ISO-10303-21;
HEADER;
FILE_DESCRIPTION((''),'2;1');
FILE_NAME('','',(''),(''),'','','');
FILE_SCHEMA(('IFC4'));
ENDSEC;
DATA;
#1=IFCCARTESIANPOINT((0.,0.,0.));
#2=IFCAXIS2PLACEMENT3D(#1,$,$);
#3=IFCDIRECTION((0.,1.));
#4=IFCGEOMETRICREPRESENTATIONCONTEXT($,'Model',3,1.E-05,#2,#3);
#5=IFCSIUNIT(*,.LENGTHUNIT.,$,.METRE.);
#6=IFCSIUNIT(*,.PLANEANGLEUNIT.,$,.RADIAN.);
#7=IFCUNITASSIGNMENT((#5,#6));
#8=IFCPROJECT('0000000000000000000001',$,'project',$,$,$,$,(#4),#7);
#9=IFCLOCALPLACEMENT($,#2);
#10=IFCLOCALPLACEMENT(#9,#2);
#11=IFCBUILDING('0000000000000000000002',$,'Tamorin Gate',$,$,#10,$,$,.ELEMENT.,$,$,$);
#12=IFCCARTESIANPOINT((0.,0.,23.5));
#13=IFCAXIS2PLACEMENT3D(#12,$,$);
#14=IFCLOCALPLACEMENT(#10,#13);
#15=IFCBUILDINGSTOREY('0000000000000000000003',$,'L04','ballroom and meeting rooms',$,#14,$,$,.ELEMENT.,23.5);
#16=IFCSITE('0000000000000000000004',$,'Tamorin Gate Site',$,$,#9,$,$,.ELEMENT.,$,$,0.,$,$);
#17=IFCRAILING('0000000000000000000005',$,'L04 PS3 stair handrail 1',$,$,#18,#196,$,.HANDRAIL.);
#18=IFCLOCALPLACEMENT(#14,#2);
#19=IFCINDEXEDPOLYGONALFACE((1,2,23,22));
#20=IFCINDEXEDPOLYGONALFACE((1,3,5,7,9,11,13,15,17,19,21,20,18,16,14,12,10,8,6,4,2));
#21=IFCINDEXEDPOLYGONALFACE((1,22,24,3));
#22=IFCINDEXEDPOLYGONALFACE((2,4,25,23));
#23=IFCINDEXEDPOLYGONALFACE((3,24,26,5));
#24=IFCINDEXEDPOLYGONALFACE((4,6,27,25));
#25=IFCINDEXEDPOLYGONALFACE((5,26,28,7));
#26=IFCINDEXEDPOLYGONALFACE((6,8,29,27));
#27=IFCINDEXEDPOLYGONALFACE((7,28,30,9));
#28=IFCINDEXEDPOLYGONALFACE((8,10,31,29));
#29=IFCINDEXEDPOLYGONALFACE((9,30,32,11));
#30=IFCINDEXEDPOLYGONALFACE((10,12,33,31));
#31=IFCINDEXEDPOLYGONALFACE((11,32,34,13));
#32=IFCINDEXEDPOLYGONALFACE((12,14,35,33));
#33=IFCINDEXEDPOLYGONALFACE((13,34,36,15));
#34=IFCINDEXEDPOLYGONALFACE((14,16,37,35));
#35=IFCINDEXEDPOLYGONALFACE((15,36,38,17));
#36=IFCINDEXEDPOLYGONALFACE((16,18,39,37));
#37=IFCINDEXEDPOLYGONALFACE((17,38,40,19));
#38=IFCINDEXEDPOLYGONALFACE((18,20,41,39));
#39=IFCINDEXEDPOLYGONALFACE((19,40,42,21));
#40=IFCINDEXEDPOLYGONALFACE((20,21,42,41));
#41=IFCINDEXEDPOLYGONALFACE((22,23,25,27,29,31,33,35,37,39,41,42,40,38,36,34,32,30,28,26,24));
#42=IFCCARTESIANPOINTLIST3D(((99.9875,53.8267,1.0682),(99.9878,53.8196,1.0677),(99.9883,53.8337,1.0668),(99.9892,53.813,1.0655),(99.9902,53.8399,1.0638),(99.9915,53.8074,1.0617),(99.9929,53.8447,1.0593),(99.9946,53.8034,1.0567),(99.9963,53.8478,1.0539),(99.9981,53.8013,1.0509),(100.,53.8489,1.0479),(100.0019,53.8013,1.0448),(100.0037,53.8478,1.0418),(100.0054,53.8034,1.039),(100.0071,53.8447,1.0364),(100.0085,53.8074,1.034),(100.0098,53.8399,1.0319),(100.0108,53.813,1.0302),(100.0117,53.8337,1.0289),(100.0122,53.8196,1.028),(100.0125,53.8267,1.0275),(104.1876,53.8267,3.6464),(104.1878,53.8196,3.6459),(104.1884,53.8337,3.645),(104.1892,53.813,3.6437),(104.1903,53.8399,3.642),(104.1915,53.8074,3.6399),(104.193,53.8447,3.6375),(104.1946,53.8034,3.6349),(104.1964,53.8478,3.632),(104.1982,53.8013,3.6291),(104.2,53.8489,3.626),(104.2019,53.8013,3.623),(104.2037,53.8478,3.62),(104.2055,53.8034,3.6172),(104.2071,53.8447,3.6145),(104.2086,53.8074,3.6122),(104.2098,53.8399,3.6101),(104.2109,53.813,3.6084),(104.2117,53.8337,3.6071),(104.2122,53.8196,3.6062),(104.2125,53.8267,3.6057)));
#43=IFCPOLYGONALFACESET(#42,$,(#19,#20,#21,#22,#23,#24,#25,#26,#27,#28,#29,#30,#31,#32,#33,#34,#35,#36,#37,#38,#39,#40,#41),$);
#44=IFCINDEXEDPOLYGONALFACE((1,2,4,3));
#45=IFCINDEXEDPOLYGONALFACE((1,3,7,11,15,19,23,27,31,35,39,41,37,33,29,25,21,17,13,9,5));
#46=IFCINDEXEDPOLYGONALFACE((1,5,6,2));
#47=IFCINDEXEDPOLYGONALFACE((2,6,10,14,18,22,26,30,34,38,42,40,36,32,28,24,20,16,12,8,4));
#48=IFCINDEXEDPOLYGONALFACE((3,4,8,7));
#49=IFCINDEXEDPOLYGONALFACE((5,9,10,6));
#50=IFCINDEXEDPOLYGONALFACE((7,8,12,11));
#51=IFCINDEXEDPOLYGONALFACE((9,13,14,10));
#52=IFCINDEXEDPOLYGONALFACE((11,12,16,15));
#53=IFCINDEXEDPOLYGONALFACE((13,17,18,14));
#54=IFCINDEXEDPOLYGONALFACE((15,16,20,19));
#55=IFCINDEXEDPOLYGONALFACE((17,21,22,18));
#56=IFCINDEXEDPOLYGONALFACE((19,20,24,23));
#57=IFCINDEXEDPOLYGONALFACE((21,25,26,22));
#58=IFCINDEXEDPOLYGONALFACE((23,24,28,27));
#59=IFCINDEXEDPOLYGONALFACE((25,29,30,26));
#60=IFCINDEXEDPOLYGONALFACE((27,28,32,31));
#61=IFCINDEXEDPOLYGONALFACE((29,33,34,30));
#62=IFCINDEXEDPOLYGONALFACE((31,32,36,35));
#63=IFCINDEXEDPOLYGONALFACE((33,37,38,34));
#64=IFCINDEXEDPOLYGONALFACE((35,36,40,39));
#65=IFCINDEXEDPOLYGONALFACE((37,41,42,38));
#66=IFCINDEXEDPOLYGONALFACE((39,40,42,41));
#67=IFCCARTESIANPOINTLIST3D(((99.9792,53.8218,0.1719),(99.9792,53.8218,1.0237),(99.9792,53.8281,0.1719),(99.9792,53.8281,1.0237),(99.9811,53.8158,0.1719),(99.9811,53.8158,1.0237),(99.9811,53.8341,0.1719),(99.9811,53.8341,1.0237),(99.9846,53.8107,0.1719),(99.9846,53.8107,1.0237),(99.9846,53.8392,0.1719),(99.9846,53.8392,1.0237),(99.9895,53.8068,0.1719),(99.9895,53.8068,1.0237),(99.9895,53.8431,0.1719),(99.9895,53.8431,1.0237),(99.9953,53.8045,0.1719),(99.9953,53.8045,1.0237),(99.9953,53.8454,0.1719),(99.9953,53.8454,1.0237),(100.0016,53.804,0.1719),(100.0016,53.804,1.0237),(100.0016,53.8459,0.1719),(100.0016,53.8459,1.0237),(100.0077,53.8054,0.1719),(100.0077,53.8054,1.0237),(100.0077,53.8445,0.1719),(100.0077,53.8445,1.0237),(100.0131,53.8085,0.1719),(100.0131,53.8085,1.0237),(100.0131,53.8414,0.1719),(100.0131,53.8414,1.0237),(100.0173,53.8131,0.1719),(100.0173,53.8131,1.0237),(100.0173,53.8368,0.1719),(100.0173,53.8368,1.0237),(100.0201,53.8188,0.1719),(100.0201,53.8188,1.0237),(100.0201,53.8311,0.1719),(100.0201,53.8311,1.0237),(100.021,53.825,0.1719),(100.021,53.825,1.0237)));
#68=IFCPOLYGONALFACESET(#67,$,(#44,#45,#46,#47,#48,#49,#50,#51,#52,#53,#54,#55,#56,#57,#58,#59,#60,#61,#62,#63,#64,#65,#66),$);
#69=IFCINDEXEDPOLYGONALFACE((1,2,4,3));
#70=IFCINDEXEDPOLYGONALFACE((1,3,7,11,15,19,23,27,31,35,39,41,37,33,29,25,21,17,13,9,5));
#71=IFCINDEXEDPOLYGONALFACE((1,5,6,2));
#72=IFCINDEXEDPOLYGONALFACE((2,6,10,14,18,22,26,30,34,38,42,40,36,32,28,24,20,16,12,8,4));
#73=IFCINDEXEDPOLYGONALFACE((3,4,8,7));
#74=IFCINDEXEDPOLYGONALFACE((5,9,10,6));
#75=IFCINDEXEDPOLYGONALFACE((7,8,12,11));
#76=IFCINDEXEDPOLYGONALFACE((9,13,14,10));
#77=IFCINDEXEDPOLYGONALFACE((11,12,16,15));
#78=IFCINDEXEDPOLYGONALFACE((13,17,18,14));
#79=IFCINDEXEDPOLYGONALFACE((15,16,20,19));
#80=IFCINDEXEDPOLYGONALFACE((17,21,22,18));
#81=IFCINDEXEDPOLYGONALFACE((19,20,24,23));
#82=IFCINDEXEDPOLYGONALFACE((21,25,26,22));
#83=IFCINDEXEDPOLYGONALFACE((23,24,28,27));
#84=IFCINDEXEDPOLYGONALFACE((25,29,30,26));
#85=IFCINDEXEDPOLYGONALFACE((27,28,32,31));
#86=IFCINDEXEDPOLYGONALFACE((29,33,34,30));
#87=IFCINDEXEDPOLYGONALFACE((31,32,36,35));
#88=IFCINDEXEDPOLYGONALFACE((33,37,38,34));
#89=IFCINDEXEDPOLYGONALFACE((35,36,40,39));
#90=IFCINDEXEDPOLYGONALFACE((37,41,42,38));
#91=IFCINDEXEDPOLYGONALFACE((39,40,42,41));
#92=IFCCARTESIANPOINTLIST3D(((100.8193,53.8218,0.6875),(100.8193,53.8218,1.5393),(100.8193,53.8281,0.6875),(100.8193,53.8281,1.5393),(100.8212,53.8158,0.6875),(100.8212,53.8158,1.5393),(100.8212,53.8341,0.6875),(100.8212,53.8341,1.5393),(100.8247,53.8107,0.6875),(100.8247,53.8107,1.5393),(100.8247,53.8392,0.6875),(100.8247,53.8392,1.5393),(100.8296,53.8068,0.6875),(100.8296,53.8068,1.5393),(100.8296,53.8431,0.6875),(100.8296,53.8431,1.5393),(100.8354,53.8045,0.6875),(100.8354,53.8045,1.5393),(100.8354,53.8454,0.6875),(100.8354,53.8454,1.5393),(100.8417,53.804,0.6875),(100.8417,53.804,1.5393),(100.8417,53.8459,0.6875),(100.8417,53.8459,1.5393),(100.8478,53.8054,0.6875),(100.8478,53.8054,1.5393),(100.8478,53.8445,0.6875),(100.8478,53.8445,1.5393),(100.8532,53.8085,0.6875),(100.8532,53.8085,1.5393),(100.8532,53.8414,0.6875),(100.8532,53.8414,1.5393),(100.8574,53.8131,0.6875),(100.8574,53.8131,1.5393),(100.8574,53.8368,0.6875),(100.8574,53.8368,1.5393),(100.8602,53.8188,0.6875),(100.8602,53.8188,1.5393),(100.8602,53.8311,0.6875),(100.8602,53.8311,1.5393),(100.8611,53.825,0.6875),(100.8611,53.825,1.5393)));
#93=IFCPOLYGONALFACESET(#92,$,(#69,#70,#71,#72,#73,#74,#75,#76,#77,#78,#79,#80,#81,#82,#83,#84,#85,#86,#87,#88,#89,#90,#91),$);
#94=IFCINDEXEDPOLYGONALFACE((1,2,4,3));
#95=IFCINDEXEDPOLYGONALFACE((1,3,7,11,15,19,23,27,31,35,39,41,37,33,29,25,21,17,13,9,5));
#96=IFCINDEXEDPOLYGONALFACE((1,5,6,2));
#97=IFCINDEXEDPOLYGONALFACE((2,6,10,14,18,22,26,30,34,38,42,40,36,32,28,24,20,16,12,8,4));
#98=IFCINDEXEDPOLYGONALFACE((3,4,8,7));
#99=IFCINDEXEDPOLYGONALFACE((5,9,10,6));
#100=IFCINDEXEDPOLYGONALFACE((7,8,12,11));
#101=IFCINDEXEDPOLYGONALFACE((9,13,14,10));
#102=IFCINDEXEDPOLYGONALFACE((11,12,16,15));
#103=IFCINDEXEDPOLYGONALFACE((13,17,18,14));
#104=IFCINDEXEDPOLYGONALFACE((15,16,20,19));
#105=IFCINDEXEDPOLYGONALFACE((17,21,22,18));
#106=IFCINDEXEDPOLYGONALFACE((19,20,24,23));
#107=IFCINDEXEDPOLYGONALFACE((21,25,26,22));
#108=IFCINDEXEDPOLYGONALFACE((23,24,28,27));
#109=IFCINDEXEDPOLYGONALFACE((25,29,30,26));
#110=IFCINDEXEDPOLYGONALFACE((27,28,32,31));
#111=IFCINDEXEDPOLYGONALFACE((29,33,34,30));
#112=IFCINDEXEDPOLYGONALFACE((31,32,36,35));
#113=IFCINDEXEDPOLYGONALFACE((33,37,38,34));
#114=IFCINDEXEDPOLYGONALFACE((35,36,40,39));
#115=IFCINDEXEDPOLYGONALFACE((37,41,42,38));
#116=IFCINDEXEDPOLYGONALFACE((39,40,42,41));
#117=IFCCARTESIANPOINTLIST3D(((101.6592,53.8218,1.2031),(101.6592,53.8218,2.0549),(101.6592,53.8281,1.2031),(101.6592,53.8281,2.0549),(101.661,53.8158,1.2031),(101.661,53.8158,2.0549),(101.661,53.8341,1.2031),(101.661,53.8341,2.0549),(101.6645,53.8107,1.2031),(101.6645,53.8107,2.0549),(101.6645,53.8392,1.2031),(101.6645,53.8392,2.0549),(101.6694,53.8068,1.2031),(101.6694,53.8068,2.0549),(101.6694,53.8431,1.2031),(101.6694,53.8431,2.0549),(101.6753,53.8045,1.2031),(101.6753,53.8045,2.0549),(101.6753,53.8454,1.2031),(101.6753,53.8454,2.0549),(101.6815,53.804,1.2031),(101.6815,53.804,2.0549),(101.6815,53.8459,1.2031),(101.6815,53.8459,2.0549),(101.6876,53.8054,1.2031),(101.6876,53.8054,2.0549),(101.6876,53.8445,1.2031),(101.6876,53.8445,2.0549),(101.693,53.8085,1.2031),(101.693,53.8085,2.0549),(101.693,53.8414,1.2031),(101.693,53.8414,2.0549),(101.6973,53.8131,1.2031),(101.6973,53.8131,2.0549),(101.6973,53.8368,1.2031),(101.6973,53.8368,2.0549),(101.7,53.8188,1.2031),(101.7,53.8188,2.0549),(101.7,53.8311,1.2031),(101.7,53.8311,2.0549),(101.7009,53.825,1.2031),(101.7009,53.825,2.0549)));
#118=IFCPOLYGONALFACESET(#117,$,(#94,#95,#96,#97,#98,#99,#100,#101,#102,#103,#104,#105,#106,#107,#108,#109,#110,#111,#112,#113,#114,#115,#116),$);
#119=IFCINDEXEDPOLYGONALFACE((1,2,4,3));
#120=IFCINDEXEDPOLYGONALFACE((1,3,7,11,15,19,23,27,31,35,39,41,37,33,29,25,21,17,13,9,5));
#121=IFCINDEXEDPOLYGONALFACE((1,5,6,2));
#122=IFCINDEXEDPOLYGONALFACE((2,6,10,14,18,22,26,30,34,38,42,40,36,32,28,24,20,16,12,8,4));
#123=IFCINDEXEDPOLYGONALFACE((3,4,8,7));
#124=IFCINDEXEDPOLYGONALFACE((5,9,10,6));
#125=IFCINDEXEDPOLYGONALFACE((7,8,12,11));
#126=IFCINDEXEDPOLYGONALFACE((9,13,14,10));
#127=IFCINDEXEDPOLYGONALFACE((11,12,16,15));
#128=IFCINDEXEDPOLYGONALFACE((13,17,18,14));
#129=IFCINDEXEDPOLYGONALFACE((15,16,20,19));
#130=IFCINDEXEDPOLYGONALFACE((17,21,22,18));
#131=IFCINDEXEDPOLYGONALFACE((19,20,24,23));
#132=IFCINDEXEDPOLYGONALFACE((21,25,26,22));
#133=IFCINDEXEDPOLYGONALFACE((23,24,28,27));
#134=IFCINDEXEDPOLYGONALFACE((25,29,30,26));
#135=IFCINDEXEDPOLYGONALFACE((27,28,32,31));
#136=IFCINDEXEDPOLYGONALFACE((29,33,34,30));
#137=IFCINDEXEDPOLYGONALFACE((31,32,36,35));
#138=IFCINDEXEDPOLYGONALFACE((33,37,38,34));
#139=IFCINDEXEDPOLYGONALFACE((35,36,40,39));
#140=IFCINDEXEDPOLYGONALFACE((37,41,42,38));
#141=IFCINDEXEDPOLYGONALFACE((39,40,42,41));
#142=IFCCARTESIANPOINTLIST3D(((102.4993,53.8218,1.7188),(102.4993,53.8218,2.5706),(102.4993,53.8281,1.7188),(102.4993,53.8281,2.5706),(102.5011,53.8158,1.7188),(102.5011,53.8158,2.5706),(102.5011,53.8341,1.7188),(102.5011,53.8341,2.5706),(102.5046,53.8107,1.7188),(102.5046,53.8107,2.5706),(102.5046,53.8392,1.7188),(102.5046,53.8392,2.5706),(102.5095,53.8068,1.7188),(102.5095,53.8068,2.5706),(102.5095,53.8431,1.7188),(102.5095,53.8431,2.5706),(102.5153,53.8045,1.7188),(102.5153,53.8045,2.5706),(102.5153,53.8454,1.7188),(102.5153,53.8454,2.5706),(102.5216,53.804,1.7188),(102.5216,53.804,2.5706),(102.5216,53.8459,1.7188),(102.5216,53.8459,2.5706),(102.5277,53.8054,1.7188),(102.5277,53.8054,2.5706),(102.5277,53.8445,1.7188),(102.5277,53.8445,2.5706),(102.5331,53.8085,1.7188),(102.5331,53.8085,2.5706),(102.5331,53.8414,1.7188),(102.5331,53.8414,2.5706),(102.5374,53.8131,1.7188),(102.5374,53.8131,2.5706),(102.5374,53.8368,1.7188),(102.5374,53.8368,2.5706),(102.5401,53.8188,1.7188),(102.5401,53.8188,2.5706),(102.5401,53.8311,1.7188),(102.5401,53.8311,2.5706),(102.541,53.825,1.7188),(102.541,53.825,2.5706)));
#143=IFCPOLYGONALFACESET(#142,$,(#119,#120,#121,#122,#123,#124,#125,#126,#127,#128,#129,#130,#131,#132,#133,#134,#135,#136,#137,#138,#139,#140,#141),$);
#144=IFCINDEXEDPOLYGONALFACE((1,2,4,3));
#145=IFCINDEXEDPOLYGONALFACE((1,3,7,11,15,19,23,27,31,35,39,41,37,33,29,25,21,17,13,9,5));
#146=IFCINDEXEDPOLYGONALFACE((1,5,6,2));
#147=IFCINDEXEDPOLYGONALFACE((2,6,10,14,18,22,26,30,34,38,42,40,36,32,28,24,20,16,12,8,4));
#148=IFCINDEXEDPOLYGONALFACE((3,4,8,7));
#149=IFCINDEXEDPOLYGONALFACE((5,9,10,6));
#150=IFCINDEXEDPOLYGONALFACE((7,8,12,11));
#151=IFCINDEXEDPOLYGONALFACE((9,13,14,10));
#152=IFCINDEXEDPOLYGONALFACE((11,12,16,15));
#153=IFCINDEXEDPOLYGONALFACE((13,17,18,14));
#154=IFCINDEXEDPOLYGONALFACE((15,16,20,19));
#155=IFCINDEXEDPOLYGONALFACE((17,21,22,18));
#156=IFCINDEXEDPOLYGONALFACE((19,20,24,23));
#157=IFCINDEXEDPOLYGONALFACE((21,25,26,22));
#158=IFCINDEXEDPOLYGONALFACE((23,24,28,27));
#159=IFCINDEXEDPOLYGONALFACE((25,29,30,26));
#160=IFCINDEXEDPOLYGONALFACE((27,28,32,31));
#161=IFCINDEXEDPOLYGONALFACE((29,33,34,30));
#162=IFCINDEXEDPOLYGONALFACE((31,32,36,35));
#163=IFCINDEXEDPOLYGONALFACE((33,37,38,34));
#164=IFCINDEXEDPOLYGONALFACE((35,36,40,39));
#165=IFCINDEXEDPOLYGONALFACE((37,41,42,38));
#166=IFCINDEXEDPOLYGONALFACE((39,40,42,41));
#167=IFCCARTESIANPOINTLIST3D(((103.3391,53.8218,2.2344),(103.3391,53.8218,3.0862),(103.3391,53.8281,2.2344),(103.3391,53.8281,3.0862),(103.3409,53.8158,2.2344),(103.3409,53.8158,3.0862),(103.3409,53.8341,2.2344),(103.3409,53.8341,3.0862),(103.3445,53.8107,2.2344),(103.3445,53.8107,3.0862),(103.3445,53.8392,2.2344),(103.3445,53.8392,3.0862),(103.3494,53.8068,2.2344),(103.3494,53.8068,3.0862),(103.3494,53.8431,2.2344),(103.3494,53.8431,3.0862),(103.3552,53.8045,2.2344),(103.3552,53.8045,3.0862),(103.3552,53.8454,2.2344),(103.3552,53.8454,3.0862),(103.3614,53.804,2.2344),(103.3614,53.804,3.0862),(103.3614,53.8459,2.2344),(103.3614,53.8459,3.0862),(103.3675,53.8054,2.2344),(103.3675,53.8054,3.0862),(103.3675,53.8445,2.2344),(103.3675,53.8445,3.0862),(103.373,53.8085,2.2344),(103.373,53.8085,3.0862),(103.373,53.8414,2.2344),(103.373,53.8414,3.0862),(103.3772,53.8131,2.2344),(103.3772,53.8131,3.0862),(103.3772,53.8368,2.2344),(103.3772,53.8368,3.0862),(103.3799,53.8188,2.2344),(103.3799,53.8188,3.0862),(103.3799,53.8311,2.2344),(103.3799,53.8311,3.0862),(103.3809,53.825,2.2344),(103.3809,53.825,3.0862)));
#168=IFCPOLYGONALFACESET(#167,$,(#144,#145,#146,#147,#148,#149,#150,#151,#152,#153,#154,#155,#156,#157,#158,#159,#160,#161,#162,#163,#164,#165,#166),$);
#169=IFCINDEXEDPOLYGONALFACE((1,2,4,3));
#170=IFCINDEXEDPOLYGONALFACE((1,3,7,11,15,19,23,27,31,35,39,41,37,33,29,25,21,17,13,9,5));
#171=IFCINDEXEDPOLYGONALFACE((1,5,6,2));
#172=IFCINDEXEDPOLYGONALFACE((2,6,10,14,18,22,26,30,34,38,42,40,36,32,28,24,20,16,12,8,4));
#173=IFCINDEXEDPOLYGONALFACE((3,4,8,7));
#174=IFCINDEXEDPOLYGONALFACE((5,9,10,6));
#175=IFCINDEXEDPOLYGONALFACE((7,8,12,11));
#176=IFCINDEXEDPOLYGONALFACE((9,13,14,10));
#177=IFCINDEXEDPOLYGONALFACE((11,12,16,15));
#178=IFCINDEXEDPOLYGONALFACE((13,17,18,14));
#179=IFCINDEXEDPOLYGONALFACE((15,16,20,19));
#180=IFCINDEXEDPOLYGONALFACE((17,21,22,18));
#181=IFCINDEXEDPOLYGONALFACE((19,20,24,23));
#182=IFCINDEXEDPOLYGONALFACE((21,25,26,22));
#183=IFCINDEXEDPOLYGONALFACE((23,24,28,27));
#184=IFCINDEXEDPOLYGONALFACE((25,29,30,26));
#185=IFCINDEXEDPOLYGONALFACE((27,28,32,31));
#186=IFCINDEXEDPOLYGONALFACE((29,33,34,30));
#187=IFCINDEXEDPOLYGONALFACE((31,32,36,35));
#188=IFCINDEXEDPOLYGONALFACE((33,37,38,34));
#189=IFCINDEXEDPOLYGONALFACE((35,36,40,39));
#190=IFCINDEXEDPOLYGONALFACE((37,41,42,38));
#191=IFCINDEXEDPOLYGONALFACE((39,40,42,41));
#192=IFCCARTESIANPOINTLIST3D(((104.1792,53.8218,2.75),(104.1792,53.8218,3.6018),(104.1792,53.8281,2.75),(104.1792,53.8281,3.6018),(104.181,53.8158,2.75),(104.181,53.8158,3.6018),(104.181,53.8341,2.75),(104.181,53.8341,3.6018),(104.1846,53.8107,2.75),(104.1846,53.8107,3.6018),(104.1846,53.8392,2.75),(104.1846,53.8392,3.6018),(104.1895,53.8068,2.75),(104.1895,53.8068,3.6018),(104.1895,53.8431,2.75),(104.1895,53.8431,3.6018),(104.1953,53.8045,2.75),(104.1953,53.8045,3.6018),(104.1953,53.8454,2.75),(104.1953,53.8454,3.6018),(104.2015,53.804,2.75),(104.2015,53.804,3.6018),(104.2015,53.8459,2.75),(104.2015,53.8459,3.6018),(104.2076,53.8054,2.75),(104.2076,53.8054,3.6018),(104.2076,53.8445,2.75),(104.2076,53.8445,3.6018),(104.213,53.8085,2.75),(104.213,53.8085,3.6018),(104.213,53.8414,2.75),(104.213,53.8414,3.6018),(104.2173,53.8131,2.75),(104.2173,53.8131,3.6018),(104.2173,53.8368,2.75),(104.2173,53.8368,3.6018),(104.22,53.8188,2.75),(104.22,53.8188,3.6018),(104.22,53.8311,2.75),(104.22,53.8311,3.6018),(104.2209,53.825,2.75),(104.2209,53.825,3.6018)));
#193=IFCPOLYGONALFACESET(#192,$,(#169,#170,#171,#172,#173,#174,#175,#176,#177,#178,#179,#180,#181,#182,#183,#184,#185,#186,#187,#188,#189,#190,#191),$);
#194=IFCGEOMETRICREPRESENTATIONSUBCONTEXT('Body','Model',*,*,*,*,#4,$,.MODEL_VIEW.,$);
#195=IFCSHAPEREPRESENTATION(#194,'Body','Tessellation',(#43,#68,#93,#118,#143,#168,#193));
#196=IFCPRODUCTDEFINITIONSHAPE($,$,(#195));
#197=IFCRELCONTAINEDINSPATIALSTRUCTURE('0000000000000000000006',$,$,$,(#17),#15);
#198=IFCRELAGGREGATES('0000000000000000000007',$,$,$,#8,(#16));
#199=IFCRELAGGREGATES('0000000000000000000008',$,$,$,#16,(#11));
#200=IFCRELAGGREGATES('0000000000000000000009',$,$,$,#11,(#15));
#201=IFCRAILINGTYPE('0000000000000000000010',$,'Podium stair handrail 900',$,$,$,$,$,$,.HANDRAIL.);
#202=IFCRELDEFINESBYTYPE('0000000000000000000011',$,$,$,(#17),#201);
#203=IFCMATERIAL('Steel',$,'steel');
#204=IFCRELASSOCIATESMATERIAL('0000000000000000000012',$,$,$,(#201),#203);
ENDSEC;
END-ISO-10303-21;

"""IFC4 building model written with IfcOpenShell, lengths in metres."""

from ifc_helpers import new_model, si_unit, direction, frame, origin, origin_2d, place, context, subcontext, project, spatial, circle, extrude, material, type_object, element, save


model = new_model("IFC4")

# Units and contexts
model_context = context("Model", 3, precision=1e-05, world=origin(), true_north=direction((0.0, 1.0)))
body_context = subcontext(model_context, "Body", "Model", "MODEL_VIEW")
ifc_project = project(units=[si_unit("LENGTHUNIT", "METRE"), si_unit("PLANEANGLEUNIT", "RADIAN")], contexts=[model_context])

# Site, building, storey
site_placement = place(None, origin())
site = spatial("IfcSite", under=ifc_project, at=site_placement, Name="Tamorin Gate Site", CompositionType="ELEMENT", RefElevation=0.0)
building_placement = place(site_placement, origin())
building = spatial("IfcBuilding", under=site, at=building_placement, Name="Tamorin Gate", CompositionType="ELEMENT")
storey_placement = place(building_placement, frame((0.0, 0.0, 23.5)))
storey = spatial("IfcBuildingStorey", under=building, at=storey_placement, Name="L04", Description="ballroom and meeting rooms", CompositionType="ELEMENT", Elevation=23.5)

# Railing
ifc_material_1 = material(Name="Steel", Category="steel")
railing_type_1 = type_object("IfcRailingType", Name="Podium stair handrail 900", PredefinedType="HANDRAIL", material=ifc_material_1)
railing_1_placement = place(storey_placement, frame((100.0, 53.825, 0.1719)))
element("IfcRailing", 1, at=railing_1_placement, inside=storey, type_object=railing_type_1, Name="L04 PS3 stair handrail 1", PredefinedType="HANDRAIL", context=body_context, shape_type="SweptSolid", body=[
    extrude(circle(Radius=0.0239, at=origin_2d()), frame((0.0, 0.0, 0.876), z_axis=(0.852243, 0.0, 0.523146), x_axis=(0.0, 1.0, 0.0)), (0.0, 0.0, 1.0), 4.9282),
    extrude(circle(Radius=0.021, at=origin_2d()), origin(), (0.0, 0.0, 1.0), 0.8518),
    extrude(circle(Radius=0.021, at=origin_2d()), frame((0.8401, 0.0, 0.5156)), (0.0, 0.0, 1.0), 0.8518),
    extrude(circle(Radius=0.021, at=origin_2d()), frame((1.6799, 0.0, 1.0312)), (0.0, 0.0, 1.0), 0.8518),
    extrude(circle(Radius=0.021, at=origin_2d()), frame((2.52, 0.0, 1.5469)), (0.0, 0.0, 1.0), 0.8518),
    extrude(circle(Radius=0.021, at=origin_2d()), frame((3.3599, 0.0, 2.0625)), (0.0, 0.0, 1.0), 0.8518),
    extrude(circle(Radius=0.021, at=origin_2d()), frame((4.2, 0.0, 2.5781)), (0.0, 0.0, 1.0), 0.8518),
])

save(model, "model.ifc")
